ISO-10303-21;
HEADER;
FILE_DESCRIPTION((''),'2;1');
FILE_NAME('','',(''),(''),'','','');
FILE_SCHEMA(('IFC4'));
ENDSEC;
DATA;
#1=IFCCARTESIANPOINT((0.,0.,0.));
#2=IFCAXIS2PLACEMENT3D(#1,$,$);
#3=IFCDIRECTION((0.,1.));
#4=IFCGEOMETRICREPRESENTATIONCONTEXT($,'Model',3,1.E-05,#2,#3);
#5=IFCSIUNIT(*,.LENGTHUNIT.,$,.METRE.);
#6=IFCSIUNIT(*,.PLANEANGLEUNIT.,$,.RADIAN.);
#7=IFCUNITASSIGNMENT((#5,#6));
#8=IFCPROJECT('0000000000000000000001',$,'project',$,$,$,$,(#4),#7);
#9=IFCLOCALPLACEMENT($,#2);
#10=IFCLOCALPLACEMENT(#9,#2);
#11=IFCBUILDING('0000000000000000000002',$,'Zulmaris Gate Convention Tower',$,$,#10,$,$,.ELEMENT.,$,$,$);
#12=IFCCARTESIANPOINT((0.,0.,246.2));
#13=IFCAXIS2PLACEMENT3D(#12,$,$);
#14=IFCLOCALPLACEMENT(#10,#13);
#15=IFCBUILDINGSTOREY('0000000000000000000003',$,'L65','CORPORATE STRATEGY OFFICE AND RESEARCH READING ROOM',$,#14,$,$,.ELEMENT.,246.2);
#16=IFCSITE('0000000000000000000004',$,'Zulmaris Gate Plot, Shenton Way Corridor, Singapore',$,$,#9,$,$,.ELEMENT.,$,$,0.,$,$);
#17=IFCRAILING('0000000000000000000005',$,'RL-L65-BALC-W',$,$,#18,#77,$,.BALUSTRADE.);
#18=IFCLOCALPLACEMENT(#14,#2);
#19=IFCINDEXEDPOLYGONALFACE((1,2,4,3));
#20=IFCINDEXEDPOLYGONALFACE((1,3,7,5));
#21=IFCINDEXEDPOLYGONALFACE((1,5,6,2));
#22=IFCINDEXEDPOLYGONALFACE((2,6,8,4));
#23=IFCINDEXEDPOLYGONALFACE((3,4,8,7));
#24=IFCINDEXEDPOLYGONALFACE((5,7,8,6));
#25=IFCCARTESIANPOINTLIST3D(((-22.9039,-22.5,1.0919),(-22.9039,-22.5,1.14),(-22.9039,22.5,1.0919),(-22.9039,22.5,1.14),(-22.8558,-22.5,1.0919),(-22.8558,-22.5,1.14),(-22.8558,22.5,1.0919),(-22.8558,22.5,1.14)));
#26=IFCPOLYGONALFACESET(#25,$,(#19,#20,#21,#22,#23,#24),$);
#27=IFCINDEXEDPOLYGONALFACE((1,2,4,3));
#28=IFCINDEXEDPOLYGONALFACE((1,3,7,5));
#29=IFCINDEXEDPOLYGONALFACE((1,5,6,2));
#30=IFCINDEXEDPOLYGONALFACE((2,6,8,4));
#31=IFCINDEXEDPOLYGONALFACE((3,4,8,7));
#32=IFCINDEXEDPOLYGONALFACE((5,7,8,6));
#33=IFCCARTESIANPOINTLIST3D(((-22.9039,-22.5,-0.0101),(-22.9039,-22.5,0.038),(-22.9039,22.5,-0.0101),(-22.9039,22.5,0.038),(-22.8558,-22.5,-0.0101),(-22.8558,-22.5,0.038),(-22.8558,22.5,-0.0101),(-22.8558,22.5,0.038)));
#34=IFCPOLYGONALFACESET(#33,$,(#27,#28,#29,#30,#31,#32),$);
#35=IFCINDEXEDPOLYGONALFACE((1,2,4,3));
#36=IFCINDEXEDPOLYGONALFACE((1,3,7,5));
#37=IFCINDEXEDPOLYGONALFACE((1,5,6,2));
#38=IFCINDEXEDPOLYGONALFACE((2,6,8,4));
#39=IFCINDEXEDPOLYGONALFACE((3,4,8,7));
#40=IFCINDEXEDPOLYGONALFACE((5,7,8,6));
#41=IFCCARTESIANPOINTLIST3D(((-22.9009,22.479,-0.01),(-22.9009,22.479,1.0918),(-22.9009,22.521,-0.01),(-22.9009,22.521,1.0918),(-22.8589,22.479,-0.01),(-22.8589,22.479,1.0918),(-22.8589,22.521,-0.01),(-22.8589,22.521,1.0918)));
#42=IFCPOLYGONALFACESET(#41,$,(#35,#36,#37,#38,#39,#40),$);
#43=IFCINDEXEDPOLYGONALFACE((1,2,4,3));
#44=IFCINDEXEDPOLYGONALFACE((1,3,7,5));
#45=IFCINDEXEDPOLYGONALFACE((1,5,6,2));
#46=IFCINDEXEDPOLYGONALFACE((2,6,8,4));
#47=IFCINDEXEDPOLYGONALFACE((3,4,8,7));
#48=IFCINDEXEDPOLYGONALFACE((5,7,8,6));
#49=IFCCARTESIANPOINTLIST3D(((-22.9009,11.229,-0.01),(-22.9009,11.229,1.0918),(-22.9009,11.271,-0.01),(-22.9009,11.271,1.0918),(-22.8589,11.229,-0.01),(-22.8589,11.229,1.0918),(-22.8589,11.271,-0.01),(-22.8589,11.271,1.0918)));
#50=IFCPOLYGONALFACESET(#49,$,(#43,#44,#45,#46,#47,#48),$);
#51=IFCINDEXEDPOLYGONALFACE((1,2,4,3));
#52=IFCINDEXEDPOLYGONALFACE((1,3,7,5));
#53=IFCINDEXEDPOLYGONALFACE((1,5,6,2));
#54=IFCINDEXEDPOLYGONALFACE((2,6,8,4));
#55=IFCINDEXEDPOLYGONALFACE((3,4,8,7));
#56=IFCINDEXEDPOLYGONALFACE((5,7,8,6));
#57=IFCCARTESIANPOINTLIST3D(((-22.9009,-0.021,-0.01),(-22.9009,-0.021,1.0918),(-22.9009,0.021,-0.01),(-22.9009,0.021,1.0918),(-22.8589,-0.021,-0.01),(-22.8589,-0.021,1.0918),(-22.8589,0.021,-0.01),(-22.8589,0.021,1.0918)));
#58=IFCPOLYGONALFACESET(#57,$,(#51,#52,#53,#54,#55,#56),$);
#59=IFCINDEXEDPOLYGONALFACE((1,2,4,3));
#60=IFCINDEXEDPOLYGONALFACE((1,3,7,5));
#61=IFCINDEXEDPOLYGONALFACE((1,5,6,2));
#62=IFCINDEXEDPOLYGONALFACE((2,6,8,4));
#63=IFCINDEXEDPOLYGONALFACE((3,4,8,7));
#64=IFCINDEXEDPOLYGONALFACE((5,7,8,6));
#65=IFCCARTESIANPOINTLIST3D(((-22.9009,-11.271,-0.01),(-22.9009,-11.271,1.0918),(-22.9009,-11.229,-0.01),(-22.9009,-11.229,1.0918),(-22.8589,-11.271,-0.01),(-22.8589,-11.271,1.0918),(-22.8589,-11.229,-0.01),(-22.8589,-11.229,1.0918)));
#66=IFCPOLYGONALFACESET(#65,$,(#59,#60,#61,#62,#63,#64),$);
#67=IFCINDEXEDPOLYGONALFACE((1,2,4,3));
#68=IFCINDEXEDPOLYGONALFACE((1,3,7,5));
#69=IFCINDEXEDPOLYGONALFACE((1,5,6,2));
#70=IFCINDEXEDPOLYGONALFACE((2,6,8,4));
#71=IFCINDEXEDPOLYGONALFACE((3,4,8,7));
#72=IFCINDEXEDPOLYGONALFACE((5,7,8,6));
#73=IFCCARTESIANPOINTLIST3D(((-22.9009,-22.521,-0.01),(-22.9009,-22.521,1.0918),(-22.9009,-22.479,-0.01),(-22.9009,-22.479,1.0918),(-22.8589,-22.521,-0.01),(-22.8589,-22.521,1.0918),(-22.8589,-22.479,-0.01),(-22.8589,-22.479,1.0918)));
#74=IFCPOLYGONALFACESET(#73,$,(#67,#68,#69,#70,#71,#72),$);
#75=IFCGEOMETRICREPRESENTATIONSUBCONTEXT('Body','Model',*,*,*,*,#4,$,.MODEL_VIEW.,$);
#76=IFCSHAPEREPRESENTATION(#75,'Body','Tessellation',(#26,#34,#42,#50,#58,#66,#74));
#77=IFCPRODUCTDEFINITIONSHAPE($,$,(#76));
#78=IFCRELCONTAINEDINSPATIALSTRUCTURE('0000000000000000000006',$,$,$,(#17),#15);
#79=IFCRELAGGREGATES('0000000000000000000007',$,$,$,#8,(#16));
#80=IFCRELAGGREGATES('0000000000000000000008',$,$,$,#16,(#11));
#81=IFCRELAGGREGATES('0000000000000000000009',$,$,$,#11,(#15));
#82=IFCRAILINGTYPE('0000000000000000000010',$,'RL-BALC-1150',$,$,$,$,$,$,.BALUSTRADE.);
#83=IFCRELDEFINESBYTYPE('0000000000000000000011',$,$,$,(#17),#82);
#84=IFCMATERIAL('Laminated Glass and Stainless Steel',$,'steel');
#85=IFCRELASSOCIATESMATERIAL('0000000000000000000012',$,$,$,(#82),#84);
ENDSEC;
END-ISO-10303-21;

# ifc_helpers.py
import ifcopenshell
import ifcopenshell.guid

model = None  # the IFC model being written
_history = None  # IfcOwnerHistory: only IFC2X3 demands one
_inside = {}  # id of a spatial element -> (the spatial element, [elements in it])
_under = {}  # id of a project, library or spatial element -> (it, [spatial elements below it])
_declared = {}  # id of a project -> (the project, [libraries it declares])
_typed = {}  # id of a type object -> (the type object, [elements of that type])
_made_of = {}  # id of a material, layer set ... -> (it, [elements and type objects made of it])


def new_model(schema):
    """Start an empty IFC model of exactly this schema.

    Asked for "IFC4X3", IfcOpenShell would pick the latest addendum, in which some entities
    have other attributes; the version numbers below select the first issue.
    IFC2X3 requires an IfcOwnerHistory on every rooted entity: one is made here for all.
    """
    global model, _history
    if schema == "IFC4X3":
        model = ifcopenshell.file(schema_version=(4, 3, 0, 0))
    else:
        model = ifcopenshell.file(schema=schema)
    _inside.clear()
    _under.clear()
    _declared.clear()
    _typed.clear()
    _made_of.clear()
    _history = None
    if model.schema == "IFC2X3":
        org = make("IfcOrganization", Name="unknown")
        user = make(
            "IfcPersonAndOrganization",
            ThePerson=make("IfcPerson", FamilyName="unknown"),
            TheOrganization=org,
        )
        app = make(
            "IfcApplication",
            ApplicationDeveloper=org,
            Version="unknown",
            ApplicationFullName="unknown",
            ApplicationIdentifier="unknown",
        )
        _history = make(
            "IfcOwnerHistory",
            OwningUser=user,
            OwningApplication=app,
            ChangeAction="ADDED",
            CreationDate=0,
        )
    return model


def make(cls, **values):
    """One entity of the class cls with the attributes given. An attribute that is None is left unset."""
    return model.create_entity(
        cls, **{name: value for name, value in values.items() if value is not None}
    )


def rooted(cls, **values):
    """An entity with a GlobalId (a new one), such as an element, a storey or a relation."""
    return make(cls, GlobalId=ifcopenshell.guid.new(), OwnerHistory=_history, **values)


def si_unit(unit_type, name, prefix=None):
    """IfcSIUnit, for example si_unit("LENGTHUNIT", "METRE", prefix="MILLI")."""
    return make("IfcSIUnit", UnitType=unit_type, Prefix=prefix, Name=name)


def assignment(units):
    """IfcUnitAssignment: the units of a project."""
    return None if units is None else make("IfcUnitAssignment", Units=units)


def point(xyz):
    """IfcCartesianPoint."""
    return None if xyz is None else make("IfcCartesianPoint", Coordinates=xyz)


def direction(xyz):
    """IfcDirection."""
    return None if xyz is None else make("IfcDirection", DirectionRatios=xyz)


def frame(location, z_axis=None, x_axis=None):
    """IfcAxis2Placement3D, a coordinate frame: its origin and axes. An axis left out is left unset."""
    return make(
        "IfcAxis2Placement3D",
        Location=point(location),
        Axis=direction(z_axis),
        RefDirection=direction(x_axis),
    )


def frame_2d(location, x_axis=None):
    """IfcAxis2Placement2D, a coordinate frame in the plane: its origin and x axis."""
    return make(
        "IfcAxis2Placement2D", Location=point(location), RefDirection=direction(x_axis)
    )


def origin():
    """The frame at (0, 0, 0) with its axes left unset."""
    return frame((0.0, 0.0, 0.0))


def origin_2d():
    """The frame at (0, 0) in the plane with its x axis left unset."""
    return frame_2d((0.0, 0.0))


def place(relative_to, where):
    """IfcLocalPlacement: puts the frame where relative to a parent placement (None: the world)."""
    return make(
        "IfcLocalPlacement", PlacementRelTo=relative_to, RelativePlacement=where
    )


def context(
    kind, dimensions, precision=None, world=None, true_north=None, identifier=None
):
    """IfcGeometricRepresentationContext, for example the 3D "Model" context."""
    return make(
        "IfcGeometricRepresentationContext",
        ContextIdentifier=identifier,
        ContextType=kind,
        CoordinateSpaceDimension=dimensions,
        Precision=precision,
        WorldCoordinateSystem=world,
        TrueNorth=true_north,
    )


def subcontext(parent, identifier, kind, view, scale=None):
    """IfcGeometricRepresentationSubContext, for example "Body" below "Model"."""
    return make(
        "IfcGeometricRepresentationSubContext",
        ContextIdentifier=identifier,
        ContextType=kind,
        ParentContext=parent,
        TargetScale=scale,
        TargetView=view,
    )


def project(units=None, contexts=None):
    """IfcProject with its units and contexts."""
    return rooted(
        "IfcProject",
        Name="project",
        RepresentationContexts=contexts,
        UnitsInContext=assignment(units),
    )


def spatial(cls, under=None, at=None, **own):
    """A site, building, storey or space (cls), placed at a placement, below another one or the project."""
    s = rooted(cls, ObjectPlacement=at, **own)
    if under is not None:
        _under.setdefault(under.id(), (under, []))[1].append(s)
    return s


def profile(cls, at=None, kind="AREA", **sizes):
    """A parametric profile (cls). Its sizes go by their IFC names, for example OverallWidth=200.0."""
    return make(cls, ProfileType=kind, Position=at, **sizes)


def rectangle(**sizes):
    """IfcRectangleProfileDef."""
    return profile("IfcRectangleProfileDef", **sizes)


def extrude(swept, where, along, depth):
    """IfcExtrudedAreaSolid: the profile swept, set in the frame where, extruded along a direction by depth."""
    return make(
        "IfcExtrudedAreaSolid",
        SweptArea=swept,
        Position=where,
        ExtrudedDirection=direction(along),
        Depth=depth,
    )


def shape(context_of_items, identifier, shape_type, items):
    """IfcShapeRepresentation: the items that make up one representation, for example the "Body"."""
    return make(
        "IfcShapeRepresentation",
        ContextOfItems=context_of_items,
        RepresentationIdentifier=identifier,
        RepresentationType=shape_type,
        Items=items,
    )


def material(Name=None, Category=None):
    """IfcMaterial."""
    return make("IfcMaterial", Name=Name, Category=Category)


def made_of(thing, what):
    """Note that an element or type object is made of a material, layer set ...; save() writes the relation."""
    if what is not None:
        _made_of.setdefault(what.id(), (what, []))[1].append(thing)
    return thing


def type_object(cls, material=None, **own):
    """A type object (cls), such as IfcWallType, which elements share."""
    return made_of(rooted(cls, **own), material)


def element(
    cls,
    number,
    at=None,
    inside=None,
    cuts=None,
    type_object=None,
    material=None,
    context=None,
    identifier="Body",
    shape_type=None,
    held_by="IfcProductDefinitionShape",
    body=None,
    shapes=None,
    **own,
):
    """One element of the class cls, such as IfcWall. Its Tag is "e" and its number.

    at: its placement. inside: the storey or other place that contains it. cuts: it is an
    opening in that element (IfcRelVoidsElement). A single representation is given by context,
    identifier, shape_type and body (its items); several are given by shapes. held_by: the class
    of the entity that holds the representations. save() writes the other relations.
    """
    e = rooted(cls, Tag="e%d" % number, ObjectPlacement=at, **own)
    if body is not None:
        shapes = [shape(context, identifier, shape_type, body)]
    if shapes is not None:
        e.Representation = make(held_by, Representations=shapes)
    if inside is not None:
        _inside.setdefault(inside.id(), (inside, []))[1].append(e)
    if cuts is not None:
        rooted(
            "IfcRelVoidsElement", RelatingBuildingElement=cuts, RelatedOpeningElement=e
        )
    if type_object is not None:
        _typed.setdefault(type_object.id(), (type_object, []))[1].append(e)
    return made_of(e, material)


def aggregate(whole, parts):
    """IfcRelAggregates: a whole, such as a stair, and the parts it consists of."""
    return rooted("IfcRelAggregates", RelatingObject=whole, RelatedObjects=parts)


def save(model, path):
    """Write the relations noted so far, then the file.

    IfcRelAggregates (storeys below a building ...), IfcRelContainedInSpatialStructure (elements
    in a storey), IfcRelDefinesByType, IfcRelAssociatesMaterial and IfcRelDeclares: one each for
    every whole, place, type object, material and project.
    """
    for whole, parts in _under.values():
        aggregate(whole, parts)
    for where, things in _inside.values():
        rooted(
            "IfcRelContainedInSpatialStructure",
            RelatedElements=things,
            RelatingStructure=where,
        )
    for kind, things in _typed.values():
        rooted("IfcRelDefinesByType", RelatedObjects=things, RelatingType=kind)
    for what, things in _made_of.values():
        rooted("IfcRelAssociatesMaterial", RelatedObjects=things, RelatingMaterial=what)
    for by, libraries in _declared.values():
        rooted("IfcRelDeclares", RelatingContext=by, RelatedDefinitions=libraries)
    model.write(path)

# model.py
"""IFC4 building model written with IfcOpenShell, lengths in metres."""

from ifc_helpers import new_model, si_unit, direction, frame, origin, origin_2d, place, context, subcontext, project, spatial, rectangle, extrude, material, type_object, element, save


model = new_model("IFC4")

# Units and contexts
model_context = context("Model", 3, precision=1e-05, world=origin(), true_north=direction((0.0, 1.0)))
body_context = subcontext(model_context, "Body", "Model", "MODEL_VIEW")
ifc_project = project(units=[si_unit("LENGTHUNIT", "METRE"), si_unit("PLANEANGLEUNIT", "RADIAN")], contexts=[model_context])

# Site, building, storey
site_placement = place(None, origin())
site = spatial("IfcSite", under=ifc_project, at=site_placement, Name="Zulmaris Gate Plot, Shenton Way Corridor, Singapore", CompositionType="ELEMENT", RefElevation=0.0)
building_placement = place(site_placement, origin())
building = spatial("IfcBuilding", under=site, at=building_placement, Name="Zulmaris Gate Convention Tower", CompositionType="ELEMENT")
storey_placement = place(building_placement, frame((0.0, 0.0, 246.2)))
storey = spatial("IfcBuildingStorey", under=building, at=storey_placement, Name="L65", Description="CORPORATE STRATEGY OFFICE AND RESEARCH READING ROOM", CompositionType="ELEMENT", Elevation=246.2)

# Railing
ifc_material_1 = material(Name="Laminated Glass and Stainless Steel", Category="steel")
railing_type = type_object("IfcRailingType", Name="RL-BALC-1150", PredefinedType="BALUSTRADE", material=ifc_material_1)
railing_placement = place(storey_placement, frame((-22.8799, 22.5, -0.01)))
element("IfcRailing", 1, at=railing_placement, inside=storey, type_object=railing_type, Name="RL-L65-BALC-W", PredefinedType="BALUSTRADE", context=body_context, shape_type="SweptSolid", body=[
    extrude(rectangle(XDim=0.0481, YDim=0.0481, at=origin_2d()), frame((0.0, 0.0, 1.126), z_axis=(0.0, -1.0, 0.0), x_axis=(1.0, 0.0, 0.0)), (0.0, 0.0, 1.0), 45.0),
    extrude(rectangle(XDim=0.0481, YDim=0.0481, at=origin_2d()), frame((0.0, 0.0, 0.0239), z_axis=(0.0, -1.0, 0.0), x_axis=(1.0, 0.0, 0.0)), (0.0, 0.0, 1.0), 45.0),
    extrude(rectangle(XDim=0.042, YDim=0.042, at=origin_2d()), origin(), (0.0, 0.0, 1.0), 1.1018),
    extrude(rectangle(XDim=0.042, YDim=0.042, at=origin_2d()), frame((0.0, -11.25, 0.0)), (0.0, 0.0, 1.0), 1.1018),
    extrude(rectangle(XDim=0.042, YDim=0.042, at=origin_2d()), frame((0.0, -22.5, 0.0)), (0.0, 0.0, 1.0), 1.1018),
    extrude(rectangle(XDim=0.042, YDim=0.042, at=origin_2d()), frame((0.0, -33.75, 0.0)), (0.0, 0.0, 1.0), 1.1018),
    extrude(rectangle(XDim=0.042, YDim=0.042, at=origin_2d()), frame((0.0, -45.0, 0.0)), (0.0, 0.0, 1.0), 1.1018),
])

save(model, "model.ifc")
